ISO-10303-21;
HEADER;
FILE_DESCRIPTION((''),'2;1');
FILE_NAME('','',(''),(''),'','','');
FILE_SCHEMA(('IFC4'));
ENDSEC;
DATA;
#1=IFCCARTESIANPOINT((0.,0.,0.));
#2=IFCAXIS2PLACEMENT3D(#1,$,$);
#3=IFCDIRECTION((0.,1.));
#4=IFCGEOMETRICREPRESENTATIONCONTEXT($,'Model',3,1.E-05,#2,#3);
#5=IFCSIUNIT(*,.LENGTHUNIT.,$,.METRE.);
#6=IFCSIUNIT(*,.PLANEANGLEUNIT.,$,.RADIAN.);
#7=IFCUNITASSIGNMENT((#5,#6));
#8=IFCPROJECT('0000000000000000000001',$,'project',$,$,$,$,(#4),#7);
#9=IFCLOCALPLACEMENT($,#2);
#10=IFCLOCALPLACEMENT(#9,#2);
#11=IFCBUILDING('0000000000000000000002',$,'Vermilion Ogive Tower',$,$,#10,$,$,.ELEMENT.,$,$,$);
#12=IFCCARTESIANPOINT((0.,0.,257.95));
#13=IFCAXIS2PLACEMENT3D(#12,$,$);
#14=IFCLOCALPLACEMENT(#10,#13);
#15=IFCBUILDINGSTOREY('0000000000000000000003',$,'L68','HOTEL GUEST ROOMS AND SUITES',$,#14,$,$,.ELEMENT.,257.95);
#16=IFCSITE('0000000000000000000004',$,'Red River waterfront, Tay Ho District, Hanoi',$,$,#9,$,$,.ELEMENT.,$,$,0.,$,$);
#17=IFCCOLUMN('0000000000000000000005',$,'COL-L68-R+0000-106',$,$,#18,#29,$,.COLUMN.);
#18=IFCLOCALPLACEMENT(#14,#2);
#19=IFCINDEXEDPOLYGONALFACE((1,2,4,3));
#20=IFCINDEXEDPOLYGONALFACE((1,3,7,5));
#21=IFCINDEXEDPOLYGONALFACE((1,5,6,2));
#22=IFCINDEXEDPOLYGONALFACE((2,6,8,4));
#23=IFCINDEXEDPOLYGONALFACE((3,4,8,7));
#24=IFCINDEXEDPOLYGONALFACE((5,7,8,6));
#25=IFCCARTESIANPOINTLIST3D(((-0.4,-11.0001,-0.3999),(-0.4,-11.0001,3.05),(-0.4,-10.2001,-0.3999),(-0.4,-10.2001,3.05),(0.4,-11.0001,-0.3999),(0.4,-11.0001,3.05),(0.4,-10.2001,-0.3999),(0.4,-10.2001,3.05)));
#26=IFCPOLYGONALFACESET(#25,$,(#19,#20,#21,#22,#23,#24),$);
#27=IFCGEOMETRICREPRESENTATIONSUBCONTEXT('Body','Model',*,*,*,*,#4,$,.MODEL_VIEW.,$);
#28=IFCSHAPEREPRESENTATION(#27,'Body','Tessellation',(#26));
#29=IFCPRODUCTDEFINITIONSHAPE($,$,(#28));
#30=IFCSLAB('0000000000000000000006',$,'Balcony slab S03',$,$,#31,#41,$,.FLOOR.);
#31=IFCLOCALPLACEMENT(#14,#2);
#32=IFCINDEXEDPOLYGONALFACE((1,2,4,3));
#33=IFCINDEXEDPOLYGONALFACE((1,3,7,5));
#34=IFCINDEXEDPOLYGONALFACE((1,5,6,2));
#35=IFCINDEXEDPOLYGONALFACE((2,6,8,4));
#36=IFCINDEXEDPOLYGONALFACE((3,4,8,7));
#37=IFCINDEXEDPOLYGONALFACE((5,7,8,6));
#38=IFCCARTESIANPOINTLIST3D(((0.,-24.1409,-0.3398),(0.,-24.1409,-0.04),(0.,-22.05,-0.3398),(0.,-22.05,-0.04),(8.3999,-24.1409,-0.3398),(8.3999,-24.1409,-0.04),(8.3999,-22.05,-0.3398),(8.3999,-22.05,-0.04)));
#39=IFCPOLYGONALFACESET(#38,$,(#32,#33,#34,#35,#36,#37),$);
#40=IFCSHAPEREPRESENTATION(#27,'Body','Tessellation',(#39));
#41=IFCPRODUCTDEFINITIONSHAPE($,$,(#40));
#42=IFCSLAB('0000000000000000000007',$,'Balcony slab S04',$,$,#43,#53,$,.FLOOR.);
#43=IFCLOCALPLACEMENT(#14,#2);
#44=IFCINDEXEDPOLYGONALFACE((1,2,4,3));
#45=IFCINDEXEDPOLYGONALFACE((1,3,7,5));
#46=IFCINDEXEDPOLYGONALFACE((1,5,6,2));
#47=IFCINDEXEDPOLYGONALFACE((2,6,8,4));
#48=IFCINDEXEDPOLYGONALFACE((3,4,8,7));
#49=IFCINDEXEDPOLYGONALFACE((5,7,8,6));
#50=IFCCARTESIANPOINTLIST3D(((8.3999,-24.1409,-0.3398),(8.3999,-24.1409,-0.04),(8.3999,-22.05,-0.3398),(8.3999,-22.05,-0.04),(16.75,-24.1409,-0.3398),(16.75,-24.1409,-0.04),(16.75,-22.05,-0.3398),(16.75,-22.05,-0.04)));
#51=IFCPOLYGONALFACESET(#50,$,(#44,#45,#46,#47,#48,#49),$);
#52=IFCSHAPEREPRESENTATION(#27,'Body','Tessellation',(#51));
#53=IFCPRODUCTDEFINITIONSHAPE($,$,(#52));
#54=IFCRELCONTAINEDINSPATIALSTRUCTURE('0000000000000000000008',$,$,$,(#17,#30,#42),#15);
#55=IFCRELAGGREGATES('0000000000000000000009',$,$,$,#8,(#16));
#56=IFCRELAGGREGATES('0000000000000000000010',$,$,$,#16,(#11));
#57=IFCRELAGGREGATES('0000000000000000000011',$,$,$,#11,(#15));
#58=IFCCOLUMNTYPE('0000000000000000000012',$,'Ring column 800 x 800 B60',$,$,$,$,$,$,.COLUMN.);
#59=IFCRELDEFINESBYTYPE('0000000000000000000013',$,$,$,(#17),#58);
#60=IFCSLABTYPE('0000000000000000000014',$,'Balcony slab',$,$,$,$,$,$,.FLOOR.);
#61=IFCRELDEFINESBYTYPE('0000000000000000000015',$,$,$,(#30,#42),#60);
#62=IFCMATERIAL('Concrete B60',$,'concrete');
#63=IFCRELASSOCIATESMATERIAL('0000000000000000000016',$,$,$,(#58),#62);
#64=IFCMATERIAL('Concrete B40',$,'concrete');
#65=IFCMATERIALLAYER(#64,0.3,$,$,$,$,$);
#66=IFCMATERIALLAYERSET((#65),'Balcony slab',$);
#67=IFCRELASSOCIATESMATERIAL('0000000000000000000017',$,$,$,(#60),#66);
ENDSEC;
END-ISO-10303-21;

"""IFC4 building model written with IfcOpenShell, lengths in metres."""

from ifc_helpers import new_model, si_unit, direction, frame, origin, origin_2d, place, context, subcontext, project, spatial, polyline, rectangle, outline, extrude, material, layer, layer_set, material_profile, profile_set, type_object, element, save


model = new_model("IFC4")

# Units and contexts
model_context = context("Model", 3, precision=1e-05, world=origin(), true_north=direction((0.0, 1.0)))
body_context = subcontext(model_context, "Body", "Model", "MODEL_VIEW")
ifc_project = project(units=[si_unit("LENGTHUNIT", "METRE"), si_unit("PLANEANGLEUNIT", "RADIAN")], contexts=[model_context])

# Site, building, storey
site_placement = place(None, origin())
site = spatial("IfcSite", under=ifc_project, at=site_placement, Name="Red River waterfront, Tay Ho District, Hanoi", CompositionType="ELEMENT", RefElevation=0.0)
building_placement = place(site_placement, origin())
building = spatial("IfcBuilding", under=site, at=building_placement, Name="Vermilion Ogive Tower", CompositionType="ELEMENT")
storey_placement = place(building_placement, frame((0.0, 0.0, 257.95)))
storey = spatial("IfcBuildingStorey", under=building, at=storey_placement, Name="L68", Description="HOTEL GUEST ROOMS AND SUITES", CompositionType="ELEMENT", Elevation=257.95)

# Column
ifc_material_1 = material(Name="Concrete B60", Category="concrete")
ifc_material_profile = material_profile(ifc_material_1, rectangle(XDim=0.8, YDim=0.8, at=origin_2d()), Name="800 x 800")
ifc_profile_set = profile_set([ifc_material_profile], Name="Concrete B60")
column_type = type_object("IfcColumnType", Name="Ring column 800 x 800 B60", PredefinedType="COLUMN", material=ifc_profile_set)
column_placement = place(storey_placement, frame((0.0, -10.6001, -0.3999), z_axis=(0.0, 0.0, 1.0), x_axis=(1.0, 0.0, 0.0)))
element("IfcColumn", 1, at=column_placement, inside=storey, type_object=column_type, Name="COL-L68-R+0000-106", PredefinedType="COLUMN", context=body_context, shape_type="SweptSolid", body=[
    extrude(rectangle(XDim=0.8, YDim=0.8, at=origin_2d()), origin(), (0.0, 0.0, 1.0), 3.45),
])

# Slabs
ifc_material_2 = material(Name="Concrete B40", Category="concrete")
ifc_layer_1 = layer(ifc_material_2, 0.3)
ifc_layer_set_1 = layer_set([ifc_layer_1], Name="Balcony slab")
slab_type_1 = type_object("IfcSlabType", Name="Balcony slab", PredefinedType="FLOOR", material=ifc_layer_set_1)
slab_1_placement = place(storey_placement, frame((0.0, 0.0, -0.3398)))
element("IfcSlab", 2, at=slab_1_placement, inside=storey, type_object=slab_type_1, Name="Balcony slab S03", PredefinedType="FLOOR", context=body_context, shape_type="SweptSolid", body=[
    extrude(outline(polyline([(0.0, -24.1409), (8.3999, -24.1409), (8.3999, -22.05), (0.0, -22.05), (0.0, -24.1409)])), origin(), (0.0, 0.0, 1.0), 0.2998),
])
slab_2_placement = place(storey_placement, frame((0.0, 0.0, -0.3398)))
element("IfcSlab", 3, at=slab_2_placement, inside=storey, type_object=slab_type_1, Name="Balcony slab S04", PredefinedType="FLOOR", context=body_context, shape_type="SweptSolid", body=[
    extrude(outline(polyline([(8.3999, -24.1409), (16.75, -24.1409), (16.75, -22.05), (8.3999, -22.05), (8.3999, -24.1409)])), origin(), (0.0, 0.0, 1.0), 0.2998),
])

save(model, "model.ifc")
